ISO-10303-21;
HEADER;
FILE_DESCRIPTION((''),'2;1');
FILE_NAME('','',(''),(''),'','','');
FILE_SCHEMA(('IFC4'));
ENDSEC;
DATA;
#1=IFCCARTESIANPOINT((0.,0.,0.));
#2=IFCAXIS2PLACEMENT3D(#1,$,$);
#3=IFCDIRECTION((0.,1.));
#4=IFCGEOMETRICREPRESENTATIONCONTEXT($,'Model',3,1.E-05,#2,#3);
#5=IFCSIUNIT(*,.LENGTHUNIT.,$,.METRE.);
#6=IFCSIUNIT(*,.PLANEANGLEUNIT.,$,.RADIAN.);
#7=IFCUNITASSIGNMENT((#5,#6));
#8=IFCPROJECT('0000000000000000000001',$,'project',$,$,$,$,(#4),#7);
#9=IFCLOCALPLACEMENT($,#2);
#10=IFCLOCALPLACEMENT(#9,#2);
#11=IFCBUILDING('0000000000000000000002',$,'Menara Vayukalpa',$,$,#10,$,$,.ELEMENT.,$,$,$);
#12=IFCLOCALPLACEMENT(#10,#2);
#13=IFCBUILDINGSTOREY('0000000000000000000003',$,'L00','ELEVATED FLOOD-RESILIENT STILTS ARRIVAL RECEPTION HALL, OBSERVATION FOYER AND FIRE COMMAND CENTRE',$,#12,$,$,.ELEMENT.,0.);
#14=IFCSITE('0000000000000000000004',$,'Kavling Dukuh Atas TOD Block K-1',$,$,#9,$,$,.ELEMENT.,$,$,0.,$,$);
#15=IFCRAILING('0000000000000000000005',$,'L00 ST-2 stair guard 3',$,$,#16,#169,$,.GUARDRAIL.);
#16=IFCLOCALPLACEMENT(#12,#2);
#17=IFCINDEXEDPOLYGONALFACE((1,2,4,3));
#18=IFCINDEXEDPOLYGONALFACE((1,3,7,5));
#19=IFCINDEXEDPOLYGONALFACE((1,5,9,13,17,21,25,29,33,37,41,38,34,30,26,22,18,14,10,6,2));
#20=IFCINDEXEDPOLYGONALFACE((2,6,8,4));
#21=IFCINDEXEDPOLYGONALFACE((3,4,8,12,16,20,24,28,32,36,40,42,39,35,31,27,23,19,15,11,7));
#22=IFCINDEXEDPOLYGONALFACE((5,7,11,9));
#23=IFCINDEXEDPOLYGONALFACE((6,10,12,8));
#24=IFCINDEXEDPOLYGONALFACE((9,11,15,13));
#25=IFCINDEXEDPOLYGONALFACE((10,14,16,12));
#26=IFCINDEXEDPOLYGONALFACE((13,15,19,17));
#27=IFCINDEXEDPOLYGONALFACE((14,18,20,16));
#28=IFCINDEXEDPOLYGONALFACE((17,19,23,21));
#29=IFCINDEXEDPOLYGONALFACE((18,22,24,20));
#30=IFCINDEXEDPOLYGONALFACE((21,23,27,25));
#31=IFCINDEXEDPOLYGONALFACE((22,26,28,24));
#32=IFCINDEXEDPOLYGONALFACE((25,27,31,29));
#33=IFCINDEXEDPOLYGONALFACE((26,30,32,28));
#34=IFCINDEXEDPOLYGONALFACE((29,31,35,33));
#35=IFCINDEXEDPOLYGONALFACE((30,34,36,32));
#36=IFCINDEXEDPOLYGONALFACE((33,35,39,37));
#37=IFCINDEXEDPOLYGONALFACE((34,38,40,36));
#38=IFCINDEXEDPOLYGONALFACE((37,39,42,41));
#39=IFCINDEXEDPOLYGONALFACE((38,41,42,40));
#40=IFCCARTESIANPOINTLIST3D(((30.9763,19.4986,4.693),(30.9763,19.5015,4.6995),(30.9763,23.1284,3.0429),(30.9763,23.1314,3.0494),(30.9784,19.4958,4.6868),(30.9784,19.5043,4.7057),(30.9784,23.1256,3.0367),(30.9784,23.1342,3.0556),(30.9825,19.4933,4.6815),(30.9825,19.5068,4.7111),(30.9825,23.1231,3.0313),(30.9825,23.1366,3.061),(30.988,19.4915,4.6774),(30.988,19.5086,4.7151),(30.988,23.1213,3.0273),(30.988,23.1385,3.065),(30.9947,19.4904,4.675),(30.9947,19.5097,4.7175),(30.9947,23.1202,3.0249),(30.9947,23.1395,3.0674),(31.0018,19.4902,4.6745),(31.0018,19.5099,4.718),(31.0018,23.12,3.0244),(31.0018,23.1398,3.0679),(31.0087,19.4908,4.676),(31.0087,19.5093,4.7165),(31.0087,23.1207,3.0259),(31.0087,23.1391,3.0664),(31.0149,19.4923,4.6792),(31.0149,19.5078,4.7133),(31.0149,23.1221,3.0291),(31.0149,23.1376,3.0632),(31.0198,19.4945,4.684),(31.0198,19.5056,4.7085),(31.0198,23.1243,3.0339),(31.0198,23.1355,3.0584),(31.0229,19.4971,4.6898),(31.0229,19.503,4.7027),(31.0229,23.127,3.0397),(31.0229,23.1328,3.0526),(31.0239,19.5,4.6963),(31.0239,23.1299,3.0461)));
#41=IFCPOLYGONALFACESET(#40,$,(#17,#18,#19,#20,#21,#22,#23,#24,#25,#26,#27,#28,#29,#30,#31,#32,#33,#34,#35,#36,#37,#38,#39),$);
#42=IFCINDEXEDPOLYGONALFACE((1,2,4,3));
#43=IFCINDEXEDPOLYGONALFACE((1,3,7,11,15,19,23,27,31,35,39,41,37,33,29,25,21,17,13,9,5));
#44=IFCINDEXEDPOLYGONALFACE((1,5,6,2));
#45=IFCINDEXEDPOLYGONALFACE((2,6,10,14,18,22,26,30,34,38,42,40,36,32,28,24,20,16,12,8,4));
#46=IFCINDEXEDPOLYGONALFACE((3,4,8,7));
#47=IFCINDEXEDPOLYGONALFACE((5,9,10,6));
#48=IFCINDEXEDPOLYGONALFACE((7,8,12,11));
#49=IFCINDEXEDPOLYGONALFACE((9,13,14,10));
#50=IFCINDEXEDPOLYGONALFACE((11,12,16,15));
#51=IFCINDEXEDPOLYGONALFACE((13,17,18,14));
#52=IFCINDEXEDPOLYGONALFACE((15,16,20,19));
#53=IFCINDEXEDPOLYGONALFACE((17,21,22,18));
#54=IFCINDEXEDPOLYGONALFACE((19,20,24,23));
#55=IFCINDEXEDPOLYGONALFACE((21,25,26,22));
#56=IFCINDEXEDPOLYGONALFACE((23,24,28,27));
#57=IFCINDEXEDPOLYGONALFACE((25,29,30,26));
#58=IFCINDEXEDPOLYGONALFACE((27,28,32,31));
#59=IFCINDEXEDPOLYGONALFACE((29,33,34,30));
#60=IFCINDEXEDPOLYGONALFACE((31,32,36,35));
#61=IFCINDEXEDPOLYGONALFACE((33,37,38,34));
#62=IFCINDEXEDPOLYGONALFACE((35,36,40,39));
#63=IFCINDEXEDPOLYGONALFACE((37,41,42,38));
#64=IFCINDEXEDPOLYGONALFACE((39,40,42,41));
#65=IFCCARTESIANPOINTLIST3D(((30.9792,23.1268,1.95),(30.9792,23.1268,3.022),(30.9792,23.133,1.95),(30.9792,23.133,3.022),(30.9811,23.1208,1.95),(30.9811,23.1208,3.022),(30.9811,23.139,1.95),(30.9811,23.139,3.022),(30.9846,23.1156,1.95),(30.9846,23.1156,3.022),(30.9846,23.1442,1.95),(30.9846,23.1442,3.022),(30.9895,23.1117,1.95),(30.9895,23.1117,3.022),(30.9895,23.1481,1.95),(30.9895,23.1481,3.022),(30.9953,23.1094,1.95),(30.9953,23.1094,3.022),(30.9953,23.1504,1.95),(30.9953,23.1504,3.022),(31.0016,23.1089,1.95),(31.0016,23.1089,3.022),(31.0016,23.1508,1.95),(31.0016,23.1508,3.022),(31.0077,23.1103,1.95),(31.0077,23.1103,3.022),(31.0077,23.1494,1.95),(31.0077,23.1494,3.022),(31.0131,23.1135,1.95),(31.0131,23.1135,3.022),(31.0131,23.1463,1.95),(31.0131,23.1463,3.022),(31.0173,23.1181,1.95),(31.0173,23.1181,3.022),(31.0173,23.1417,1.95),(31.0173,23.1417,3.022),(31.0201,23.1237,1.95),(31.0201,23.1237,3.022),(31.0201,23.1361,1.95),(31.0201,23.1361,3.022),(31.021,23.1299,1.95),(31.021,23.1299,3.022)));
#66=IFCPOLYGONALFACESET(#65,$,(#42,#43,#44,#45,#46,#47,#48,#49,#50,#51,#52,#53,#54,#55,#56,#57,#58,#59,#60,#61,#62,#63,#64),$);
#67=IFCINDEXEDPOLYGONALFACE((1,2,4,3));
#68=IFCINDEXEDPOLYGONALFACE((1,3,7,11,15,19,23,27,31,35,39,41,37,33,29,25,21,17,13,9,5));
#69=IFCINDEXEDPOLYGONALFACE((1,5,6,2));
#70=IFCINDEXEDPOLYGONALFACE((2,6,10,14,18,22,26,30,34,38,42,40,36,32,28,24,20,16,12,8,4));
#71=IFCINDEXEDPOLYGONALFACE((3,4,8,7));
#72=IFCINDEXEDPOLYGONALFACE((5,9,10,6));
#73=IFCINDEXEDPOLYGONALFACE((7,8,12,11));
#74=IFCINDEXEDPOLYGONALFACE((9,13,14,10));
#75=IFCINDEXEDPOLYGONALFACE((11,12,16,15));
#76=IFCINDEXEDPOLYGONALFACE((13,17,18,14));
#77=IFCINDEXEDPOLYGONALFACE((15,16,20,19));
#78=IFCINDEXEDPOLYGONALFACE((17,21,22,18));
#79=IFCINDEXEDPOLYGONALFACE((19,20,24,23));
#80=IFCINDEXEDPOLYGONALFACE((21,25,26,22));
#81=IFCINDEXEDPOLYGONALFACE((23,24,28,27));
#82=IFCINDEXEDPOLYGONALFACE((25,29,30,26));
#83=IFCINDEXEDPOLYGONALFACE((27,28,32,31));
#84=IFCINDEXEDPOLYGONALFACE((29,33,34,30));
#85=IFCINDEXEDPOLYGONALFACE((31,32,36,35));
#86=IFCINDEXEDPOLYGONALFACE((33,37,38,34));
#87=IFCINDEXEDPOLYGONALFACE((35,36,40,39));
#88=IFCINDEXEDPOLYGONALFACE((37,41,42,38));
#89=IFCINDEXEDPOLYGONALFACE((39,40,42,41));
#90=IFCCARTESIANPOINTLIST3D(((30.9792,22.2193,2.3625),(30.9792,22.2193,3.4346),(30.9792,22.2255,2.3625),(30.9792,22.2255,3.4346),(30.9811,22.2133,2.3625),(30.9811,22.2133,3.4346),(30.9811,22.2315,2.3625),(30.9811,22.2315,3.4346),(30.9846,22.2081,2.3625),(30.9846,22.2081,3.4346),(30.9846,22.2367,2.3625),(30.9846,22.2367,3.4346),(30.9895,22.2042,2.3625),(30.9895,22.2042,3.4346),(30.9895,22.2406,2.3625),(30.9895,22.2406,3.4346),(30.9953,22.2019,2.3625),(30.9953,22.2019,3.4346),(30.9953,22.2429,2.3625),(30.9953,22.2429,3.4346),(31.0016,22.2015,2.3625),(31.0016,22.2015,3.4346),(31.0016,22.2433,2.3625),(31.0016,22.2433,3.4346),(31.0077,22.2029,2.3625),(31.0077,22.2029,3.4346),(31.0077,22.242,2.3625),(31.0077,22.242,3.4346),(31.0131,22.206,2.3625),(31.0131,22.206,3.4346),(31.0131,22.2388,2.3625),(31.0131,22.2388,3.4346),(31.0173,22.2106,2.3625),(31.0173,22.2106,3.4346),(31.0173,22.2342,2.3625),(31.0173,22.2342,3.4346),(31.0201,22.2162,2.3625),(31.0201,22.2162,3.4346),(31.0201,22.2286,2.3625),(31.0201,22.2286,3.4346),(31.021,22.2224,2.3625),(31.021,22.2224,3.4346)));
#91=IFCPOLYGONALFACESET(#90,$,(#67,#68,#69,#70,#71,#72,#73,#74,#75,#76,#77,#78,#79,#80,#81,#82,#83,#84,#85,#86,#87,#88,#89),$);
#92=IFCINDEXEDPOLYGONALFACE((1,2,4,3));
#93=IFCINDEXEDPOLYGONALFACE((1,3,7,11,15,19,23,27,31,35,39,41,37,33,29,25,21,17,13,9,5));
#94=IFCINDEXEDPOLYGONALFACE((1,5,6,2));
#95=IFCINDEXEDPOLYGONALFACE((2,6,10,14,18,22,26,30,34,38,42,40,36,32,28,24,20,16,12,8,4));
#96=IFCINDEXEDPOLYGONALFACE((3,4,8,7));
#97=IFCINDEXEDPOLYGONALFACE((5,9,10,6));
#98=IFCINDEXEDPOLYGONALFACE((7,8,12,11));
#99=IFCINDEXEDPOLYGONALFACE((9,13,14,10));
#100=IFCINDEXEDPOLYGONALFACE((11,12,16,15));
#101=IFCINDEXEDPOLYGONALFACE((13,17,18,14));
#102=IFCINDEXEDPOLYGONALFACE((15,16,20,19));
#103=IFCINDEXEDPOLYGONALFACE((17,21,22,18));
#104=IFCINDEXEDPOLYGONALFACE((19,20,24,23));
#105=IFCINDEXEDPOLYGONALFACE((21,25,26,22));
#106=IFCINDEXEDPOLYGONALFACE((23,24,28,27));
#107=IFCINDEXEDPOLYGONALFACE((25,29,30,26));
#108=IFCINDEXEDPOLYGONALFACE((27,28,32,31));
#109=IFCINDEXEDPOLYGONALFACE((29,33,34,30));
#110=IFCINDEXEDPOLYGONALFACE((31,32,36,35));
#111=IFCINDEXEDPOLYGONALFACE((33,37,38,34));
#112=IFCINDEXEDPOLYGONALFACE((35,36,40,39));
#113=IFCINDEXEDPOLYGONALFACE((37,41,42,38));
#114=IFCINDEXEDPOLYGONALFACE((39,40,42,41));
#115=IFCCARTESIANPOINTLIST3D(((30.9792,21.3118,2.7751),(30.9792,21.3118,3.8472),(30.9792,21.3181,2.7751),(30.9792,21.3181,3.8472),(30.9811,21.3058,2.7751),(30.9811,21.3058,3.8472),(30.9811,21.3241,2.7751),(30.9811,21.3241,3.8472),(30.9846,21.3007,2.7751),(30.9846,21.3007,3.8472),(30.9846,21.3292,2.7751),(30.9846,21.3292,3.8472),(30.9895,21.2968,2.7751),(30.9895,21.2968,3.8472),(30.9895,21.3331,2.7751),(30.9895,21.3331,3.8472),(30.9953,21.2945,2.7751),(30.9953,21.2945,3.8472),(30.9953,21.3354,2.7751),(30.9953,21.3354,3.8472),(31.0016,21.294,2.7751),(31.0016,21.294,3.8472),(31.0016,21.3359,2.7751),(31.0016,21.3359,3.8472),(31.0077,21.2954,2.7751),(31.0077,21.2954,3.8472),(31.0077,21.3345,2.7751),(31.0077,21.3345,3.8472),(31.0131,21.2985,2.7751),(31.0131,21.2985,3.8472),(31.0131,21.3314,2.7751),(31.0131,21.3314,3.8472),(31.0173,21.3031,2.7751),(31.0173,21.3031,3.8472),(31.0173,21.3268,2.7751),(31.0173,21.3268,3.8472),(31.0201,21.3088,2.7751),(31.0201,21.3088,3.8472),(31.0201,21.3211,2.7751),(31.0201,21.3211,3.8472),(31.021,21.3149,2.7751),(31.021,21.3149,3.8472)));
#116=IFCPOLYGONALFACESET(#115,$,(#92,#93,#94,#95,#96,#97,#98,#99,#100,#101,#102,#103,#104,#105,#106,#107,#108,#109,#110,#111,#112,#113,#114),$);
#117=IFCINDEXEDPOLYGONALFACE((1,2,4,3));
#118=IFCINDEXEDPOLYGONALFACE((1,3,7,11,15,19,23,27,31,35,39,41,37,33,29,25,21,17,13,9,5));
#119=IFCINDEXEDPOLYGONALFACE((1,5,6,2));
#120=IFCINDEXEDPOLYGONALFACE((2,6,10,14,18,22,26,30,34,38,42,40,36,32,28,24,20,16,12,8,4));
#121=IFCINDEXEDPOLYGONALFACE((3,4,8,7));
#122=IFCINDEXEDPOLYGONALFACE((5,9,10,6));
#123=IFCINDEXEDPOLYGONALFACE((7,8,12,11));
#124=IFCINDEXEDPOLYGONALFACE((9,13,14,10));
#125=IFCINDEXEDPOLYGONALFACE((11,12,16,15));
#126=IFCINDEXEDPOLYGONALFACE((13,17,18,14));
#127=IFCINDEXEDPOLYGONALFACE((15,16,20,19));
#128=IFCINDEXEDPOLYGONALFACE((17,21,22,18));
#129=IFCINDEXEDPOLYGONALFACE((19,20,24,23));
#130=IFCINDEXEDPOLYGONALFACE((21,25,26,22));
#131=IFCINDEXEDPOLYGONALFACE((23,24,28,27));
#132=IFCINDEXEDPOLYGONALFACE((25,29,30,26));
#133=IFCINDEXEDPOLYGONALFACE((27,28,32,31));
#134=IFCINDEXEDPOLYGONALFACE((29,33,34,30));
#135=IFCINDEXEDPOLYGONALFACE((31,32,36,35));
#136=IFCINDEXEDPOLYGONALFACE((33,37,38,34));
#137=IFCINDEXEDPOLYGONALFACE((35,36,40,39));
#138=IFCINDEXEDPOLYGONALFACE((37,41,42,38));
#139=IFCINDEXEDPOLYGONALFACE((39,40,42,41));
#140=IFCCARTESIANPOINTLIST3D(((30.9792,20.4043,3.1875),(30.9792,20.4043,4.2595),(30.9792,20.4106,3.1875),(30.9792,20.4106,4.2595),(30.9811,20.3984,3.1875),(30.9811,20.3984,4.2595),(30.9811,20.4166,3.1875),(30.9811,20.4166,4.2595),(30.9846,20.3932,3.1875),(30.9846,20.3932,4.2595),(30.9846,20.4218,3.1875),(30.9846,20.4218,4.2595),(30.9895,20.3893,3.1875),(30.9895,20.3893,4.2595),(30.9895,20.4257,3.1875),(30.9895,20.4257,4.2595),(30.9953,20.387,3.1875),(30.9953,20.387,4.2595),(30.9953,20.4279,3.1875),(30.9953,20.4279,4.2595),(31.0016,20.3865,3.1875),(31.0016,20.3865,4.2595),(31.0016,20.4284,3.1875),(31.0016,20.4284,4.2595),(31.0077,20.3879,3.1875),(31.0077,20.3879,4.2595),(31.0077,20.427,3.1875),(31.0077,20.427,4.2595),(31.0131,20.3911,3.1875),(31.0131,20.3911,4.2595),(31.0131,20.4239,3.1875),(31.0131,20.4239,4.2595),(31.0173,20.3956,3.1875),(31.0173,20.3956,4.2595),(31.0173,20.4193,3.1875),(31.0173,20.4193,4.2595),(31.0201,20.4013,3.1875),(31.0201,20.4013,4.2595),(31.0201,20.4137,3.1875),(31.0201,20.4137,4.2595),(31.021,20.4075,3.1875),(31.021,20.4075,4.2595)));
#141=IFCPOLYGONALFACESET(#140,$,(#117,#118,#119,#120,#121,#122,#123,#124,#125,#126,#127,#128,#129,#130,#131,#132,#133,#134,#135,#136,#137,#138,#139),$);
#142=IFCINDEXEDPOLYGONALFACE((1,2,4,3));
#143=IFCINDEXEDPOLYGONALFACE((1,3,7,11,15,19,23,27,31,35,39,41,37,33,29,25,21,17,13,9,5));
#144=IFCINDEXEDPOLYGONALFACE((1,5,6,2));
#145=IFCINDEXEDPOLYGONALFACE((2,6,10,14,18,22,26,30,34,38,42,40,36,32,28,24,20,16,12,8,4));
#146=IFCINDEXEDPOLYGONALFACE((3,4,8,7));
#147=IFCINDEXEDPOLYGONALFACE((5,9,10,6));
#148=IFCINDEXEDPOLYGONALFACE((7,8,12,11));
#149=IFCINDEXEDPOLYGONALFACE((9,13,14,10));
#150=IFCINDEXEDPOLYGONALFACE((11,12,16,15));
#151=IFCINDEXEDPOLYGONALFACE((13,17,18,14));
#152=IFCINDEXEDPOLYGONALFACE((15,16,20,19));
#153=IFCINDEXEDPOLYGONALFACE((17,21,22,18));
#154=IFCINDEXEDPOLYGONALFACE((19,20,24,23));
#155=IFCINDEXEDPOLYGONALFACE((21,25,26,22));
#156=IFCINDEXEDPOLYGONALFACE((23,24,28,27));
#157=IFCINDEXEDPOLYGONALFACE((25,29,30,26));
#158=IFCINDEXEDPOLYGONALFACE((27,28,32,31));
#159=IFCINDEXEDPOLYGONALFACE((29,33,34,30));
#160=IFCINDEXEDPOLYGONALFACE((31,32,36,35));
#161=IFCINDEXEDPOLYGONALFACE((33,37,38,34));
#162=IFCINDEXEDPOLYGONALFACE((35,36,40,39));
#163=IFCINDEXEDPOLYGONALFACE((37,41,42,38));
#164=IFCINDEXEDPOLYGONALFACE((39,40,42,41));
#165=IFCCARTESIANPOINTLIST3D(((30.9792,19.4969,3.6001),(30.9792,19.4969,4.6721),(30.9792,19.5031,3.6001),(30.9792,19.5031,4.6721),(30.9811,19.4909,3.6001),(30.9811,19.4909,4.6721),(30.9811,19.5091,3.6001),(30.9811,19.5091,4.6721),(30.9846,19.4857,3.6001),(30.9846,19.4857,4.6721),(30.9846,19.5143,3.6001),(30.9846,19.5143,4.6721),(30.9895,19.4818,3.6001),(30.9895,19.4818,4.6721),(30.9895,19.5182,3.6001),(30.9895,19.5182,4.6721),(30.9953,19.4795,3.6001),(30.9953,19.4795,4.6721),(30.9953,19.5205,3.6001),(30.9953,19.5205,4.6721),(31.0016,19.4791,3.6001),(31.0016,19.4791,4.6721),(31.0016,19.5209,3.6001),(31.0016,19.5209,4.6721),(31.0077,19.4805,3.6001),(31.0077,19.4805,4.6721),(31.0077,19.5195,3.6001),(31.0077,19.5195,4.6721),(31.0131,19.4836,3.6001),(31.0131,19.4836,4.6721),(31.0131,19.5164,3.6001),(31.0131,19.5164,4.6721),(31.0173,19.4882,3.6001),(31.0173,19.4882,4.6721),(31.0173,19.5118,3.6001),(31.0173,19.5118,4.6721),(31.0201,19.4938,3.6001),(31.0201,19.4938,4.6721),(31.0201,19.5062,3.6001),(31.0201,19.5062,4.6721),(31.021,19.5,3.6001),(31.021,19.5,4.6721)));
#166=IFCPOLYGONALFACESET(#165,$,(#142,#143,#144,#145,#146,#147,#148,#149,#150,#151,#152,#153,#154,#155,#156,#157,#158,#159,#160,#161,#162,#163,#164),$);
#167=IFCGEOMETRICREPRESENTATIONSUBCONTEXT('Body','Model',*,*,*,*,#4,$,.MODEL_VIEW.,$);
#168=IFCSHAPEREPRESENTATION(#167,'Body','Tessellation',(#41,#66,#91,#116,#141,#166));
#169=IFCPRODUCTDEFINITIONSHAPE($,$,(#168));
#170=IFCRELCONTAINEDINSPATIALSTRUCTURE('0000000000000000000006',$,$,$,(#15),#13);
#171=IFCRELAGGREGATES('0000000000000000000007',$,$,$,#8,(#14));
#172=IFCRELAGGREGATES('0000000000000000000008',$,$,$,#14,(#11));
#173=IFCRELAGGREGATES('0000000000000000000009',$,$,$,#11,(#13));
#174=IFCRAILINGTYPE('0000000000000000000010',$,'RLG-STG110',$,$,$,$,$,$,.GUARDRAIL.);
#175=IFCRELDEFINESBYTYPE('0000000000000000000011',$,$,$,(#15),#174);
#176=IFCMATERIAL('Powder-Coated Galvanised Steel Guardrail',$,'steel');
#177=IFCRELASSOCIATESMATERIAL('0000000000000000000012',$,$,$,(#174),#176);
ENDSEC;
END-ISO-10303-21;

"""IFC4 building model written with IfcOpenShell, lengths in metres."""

from ifc_helpers import new_model, si_unit, direction, frame, origin, origin_2d, place, context, subcontext, project, spatial, circle, extrude, material, type_object, element, save


model = new_model("IFC4")

# Units and contexts
model_context = context("Model", 3, precision=1e-05, world=origin(), true_north=direction((0.0, 1.0)))
body_context = subcontext(model_context, "Body", "Model", "MODEL_VIEW")
ifc_project = project(units=[si_unit("LENGTHUNIT", "METRE"), si_unit("PLANEANGLEUNIT", "RADIAN")], contexts=[model_context])

# Site, building, storey
site_placement = place(None, origin())
site = spatial("IfcSite", under=ifc_project, at=site_placement, Name="Kavling Dukuh Atas TOD Block K-1", CompositionType="ELEMENT", RefElevation=0.0)
building_placement = place(site_placement, origin())
building = spatial("IfcBuilding", under=site, at=building_placement, Name="Menara Vayukalpa", CompositionType="ELEMENT")
storey_placement = place(building_placement, origin())
storey = spatial("IfcBuildingStorey", under=building, at=storey_placement, Name="L00", Description="ELEVATED FLOOD-RESILIENT STILTS ARRIVAL RECEPTION HALL, OBSERVATION FOYER AND FIRE COMMAND CENTRE", CompositionType="ELEMENT", Elevation=0.0)

# Railing
ifc_material_1 = material(Name="Powder-Coated Galvanised Steel Guardrail", Category="steel")
railing_type_1 = type_object("IfcRailingType", Name="RLG-STG110", PredefinedType="GUARDRAIL", material=ifc_material_1)
railing_1_placement = place(storey_placement, frame((31.0, 23.1299, 1.95)))
element("IfcRailing", 1, at=railing_1_placement, inside=storey, type_object=railing_type_1, Name="L00 ST-2 stair guard 3", PredefinedType="GUARDRAIL", context=body_context, shape_type="SweptSolid", body=[
    extrude(circle(Radius=0.0239, at=origin_2d()), frame((0.0, 0.0, 1.0962), z_axis=(0.0, -0.910348, 0.413844), x_axis=(1.0, 0.0, 0.0)), (0.0, 0.0, 1.0), 3.9873),
    extrude(circle(Radius=0.021, at=origin_2d()), origin(), (0.0, 0.0, 1.0), 1.072),
    extrude(circle(Radius=0.021, at=origin_2d()), frame((0.0, -0.9075, 0.4126)), (0.0, 0.0, 1.0), 1.072),
    extrude(circle(Radius=0.021, at=origin_2d()), frame((0.0, -1.8149, 0.8252)), (0.0, 0.0, 1.0), 1.072),
    extrude(circle(Radius=0.021, at=origin_2d()), frame((0.0, -2.7224, 1.2375)), (0.0, 0.0, 1.0), 1.072),
    extrude(circle(Radius=0.021, at=origin_2d()), frame((0.0, -3.6299, 1.6501)), (0.0, 0.0, 1.0), 1.072),
])

save(model, "model.ifc")
